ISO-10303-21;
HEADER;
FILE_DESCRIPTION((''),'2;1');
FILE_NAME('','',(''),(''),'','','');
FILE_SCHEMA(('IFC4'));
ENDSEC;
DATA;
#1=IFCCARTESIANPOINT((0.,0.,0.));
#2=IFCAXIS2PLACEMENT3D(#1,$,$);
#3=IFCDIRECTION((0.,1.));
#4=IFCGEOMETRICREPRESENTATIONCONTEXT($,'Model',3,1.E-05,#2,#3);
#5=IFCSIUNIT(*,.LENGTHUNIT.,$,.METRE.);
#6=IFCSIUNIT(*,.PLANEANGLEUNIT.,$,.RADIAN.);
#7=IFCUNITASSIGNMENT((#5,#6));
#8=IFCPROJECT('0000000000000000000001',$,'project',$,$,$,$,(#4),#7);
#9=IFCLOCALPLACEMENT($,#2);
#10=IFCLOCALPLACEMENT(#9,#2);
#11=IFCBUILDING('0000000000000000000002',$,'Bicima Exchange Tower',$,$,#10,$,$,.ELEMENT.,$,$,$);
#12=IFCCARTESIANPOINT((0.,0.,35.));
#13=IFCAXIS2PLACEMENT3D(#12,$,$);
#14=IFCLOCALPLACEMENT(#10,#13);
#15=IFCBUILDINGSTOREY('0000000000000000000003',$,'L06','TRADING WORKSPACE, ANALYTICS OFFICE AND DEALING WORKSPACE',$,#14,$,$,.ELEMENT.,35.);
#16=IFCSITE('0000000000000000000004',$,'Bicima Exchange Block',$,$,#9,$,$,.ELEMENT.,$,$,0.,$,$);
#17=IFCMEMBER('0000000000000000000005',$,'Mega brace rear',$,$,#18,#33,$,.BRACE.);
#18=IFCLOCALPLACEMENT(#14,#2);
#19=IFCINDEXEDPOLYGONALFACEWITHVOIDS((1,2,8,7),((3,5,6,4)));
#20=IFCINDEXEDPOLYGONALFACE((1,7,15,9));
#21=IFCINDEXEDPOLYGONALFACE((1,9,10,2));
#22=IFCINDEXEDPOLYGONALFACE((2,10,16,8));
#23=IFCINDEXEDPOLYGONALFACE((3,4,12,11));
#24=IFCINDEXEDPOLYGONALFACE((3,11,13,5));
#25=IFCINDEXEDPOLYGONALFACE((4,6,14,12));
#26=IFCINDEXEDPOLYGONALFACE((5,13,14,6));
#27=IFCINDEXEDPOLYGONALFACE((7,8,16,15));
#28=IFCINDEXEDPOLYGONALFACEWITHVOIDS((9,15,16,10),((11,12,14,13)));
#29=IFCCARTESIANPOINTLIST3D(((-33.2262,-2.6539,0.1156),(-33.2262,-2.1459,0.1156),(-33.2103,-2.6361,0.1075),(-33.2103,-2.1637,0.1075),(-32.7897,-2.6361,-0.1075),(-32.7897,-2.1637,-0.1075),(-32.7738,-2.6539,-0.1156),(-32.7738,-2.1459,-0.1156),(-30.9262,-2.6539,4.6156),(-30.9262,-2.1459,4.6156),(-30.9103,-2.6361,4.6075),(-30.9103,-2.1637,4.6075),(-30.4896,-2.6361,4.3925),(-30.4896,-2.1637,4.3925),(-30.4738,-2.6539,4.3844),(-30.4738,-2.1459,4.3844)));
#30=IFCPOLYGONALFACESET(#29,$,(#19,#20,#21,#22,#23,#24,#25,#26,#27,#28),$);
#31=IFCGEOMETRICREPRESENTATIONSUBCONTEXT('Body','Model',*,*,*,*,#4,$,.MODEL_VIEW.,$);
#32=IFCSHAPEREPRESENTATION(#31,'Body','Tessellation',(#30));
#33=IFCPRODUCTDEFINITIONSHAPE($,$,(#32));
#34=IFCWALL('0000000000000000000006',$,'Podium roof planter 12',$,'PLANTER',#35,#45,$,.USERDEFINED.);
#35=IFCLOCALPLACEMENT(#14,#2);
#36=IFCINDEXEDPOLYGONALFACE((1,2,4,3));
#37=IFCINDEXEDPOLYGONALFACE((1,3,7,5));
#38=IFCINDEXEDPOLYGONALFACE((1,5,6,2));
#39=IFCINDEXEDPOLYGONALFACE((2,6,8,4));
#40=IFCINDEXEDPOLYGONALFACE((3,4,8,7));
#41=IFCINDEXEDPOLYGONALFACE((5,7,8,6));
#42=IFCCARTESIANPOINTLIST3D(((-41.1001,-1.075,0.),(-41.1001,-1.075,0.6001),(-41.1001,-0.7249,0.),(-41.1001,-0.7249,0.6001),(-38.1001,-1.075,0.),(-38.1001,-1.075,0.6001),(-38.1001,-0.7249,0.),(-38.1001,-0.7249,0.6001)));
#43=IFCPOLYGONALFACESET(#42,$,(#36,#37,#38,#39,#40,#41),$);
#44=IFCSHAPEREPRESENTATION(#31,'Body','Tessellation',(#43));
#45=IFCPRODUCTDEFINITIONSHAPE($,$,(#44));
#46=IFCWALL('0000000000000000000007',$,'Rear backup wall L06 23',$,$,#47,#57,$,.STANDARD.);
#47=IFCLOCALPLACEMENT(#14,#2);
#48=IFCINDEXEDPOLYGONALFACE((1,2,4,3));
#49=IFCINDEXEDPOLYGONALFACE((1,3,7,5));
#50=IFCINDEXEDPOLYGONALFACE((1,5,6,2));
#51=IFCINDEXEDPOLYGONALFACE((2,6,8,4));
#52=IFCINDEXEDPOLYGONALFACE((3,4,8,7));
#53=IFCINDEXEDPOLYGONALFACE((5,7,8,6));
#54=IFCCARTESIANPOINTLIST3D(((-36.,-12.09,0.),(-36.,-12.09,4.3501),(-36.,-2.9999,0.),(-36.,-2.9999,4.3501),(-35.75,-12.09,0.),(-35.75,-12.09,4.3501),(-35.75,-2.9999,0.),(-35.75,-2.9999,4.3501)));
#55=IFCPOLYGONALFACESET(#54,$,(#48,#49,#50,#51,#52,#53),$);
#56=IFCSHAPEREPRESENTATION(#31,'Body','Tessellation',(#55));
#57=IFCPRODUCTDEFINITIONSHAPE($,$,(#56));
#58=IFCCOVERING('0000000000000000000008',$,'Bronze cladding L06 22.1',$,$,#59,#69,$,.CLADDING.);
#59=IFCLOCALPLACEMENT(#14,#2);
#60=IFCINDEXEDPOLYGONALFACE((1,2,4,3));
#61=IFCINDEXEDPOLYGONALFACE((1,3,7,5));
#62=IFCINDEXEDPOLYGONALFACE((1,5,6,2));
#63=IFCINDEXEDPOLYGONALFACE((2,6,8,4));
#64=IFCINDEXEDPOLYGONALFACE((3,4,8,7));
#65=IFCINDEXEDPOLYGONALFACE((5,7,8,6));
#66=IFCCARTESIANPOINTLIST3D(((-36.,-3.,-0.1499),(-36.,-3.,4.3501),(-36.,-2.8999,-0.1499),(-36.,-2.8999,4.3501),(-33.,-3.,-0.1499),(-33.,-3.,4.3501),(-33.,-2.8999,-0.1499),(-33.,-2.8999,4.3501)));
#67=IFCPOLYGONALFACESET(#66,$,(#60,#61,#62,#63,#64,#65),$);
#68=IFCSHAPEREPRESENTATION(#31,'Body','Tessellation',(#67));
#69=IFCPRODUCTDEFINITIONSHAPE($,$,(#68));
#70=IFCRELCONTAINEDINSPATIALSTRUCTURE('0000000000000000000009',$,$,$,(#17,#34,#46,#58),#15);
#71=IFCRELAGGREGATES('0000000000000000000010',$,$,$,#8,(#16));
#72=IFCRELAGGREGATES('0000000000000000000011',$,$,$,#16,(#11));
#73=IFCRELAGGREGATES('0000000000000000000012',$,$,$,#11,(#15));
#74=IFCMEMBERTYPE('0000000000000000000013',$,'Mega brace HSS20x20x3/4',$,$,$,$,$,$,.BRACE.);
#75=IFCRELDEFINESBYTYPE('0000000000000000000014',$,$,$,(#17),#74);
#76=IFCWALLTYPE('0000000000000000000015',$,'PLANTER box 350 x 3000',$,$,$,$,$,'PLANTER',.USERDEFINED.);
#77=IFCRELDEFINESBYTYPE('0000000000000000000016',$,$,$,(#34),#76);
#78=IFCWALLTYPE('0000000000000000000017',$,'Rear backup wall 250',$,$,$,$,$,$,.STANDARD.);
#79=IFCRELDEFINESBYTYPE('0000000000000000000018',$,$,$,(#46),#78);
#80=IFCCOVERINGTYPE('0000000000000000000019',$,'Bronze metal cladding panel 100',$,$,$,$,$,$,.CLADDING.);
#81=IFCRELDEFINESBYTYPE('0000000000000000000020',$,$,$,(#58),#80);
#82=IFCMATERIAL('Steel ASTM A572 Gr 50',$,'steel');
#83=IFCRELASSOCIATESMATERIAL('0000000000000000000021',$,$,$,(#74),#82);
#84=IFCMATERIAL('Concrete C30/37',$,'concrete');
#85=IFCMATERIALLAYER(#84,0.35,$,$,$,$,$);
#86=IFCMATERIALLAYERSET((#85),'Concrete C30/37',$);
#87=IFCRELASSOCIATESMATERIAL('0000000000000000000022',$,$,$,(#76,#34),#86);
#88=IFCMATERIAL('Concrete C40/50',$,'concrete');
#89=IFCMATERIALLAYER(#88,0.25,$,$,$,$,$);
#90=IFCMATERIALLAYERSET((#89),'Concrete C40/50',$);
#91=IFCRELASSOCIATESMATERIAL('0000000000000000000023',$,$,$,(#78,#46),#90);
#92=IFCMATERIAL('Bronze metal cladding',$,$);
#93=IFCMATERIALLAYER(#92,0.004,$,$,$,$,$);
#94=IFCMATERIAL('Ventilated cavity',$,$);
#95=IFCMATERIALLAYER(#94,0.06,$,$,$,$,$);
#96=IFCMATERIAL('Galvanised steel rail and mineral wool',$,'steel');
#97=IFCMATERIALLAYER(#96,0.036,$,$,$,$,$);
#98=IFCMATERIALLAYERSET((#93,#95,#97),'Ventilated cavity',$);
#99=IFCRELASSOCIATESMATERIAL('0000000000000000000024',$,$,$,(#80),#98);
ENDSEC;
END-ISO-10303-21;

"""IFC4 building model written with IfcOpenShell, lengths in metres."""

from ifc_helpers import new_model, si_unit, direction, frame, frame_2d, origin, origin_2d, place, context, subcontext, project, spatial, rectangle, hollow_rectangle, extrude, material, layer, layer_set, layer_usage, material_profile, profile_set, type_object, element, save


model = new_model("IFC4")

# Units and contexts
model_context = context("Model", 3, precision=1e-05, world=origin(), true_north=direction((0.0, 1.0)))
body_context = subcontext(model_context, "Body", "Model", "MODEL_VIEW")
ifc_project = project(units=[si_unit("LENGTHUNIT", "METRE"), si_unit("PLANEANGLEUNIT", "RADIAN")], contexts=[model_context])

# Site, building, storey
site_placement = place(None, origin())
site = spatial("IfcSite", under=ifc_project, at=site_placement, Name="Bicima Exchange Block", CompositionType="ELEMENT", RefElevation=0.0)
building_placement = place(site_placement, origin())
building = spatial("IfcBuilding", under=site, at=building_placement, Name="Bicima Exchange Tower", CompositionType="ELEMENT")
storey_placement = place(building_placement, frame((0.0, 0.0, 35.0)))
storey = spatial("IfcBuildingStorey", under=building, at=storey_placement, Name="L06", Description="TRADING WORKSPACE, ANALYTICS OFFICE AND DEALING WORKSPACE", CompositionType="ELEMENT", Elevation=35.0)

# Shared definitions
ifc_material_1 = material(Name="Steel ASTM A572 Gr 50", Category="steel")

# Member
ifc_material_profile_1 = material_profile(ifc_material_1, hollow_rectangle(XDim=0.5081, YDim=0.5081, WallThickness=0.0178, at=origin_2d()))
ifc_profile_set_1 = profile_set([ifc_material_profile_1], Name="Steel ASTM A572 Gr 50")
member_type_1 = type_object("IfcMemberType", Name="Mega brace HSS20x20x3/4", PredefinedType="BRACE", material=ifc_profile_set_1)
member_1_placement = place(storey_placement, frame((-33.0, -2.3999, 0.0), z_axis=(0.455119, 0.0, 0.890431), x_axis=(0.0, 1.0, 0.0)))
element("IfcMember", 1, at=member_1_placement, inside=storey, type_object=member_type_1, Name="Mega brace rear", PredefinedType="BRACE", context=body_context, shape_type="SweptSolid", body=[
    extrude(hollow_rectangle(XDim=0.5081, YDim=0.5081, WallThickness=0.0178, at=origin_2d()), origin(), (0.0, 0.0, 1.0), 5.0537),
])

# Walls
ifc_material_2 = material(Name="Concrete C30/37", Category="concrete")
ifc_layer_1 = layer(ifc_material_2, 0.35)
ifc_layer_set_1 = layer_set([ifc_layer_1], Name="Concrete C30/37")
ifc_layer_usage_1 = layer_usage(ifc_layer_set_1, "AXIS2", "POSITIVE", -0.175)
wall_type_1 = type_object("IfcWallType", Name="PLANTER box 350 x 3000", ElementType="PLANTER", PredefinedType="USERDEFINED", material=ifc_layer_set_1)
wall_1_placement = place(storey_placement, frame((-41.1001, -0.8999, 0.0), z_axis=(0.0, 0.0, 1.0), x_axis=(1.0, 0.0, 0.0)))
element("IfcWall", 2, at=wall_1_placement, inside=storey, type_object=wall_type_1, material=ifc_layer_usage_1, Name="Podium roof planter 12", ObjectType="PLANTER", PredefinedType="USERDEFINED", context=body_context, shape_type="SweptSolid", body=[
    extrude(rectangle(XDim=3.0, YDim=0.3501, at=frame_2d((1.5, 0.0))), origin(), (0.0, 0.0, 1.0), 0.6001),
])
ifc_material_3 = material(Name="Concrete C40/50", Category="concrete")
ifc_layer_2 = layer(ifc_material_3, 0.25)
ifc_layer_set_2 = layer_set([ifc_layer_2], Name="Concrete C40/50")
ifc_layer_usage_2 = layer_usage(ifc_layer_set_2, "AXIS2", "POSITIVE", -0.125)
wall_type_2 = type_object("IfcWallType", Name="Rear backup wall 250", PredefinedType="STANDARD", material=ifc_layer_set_2)
wall_2_placement = place(storey_placement, frame((-35.875, -3.0, 0.0), z_axis=(0.0, 0.0, 1.0), x_axis=(0.0, -1.0, 0.0)))
element("IfcWall", 3, at=wall_2_placement, inside=storey, type_object=wall_type_2, material=ifc_layer_usage_2, Name="Rear backup wall L06 23", PredefinedType="STANDARD", context=body_context, shape_type="SweptSolid", body=[
    extrude(rectangle(XDim=9.0901, YDim=0.25, at=frame_2d((4.5449, 0.0))), origin(), (0.0, 0.0, 1.0), 4.3501),
])

# Covering
ifc_material_4 = material(Name="Bronze metal cladding")
ifc_layer_3 = layer(ifc_material_4, 0.004)
ifc_material_5 = material(Name="Ventilated cavity")
ifc_layer_4 = layer(ifc_material_5, 0.06)
ifc_material_6 = material(Name="Galvanised steel rail and mineral wool", Category="steel")
ifc_layer_5 = layer(ifc_material_6, 0.036)
ifc_layer_set_3 = layer_set([ifc_layer_3, ifc_layer_4, ifc_layer_5], Name="Ventilated cavity")
covering_type = type_object("IfcCoveringType", Name="Bronze metal cladding panel 100", PredefinedType="CLADDING", material=ifc_layer_set_3)
covering_placement = place(storey_placement, frame((-34.5, -2.95, -0.1499), z_axis=(0.0, 0.0, 1.0), x_axis=(-1.0, 0.0, 0.0)))
element("IfcCovering", 4, at=covering_placement, inside=storey, type_object=covering_type, Name="Bronze cladding L06 22.1", PredefinedType="CLADDING", context=body_context, shape_type="SweptSolid", body=[
    extrude(rectangle(XDim=3.0, YDim=0.1001, at=origin_2d()), origin(), (0.0, 0.0, 1.0), 4.5),
])

save(model, "model.ifc")
